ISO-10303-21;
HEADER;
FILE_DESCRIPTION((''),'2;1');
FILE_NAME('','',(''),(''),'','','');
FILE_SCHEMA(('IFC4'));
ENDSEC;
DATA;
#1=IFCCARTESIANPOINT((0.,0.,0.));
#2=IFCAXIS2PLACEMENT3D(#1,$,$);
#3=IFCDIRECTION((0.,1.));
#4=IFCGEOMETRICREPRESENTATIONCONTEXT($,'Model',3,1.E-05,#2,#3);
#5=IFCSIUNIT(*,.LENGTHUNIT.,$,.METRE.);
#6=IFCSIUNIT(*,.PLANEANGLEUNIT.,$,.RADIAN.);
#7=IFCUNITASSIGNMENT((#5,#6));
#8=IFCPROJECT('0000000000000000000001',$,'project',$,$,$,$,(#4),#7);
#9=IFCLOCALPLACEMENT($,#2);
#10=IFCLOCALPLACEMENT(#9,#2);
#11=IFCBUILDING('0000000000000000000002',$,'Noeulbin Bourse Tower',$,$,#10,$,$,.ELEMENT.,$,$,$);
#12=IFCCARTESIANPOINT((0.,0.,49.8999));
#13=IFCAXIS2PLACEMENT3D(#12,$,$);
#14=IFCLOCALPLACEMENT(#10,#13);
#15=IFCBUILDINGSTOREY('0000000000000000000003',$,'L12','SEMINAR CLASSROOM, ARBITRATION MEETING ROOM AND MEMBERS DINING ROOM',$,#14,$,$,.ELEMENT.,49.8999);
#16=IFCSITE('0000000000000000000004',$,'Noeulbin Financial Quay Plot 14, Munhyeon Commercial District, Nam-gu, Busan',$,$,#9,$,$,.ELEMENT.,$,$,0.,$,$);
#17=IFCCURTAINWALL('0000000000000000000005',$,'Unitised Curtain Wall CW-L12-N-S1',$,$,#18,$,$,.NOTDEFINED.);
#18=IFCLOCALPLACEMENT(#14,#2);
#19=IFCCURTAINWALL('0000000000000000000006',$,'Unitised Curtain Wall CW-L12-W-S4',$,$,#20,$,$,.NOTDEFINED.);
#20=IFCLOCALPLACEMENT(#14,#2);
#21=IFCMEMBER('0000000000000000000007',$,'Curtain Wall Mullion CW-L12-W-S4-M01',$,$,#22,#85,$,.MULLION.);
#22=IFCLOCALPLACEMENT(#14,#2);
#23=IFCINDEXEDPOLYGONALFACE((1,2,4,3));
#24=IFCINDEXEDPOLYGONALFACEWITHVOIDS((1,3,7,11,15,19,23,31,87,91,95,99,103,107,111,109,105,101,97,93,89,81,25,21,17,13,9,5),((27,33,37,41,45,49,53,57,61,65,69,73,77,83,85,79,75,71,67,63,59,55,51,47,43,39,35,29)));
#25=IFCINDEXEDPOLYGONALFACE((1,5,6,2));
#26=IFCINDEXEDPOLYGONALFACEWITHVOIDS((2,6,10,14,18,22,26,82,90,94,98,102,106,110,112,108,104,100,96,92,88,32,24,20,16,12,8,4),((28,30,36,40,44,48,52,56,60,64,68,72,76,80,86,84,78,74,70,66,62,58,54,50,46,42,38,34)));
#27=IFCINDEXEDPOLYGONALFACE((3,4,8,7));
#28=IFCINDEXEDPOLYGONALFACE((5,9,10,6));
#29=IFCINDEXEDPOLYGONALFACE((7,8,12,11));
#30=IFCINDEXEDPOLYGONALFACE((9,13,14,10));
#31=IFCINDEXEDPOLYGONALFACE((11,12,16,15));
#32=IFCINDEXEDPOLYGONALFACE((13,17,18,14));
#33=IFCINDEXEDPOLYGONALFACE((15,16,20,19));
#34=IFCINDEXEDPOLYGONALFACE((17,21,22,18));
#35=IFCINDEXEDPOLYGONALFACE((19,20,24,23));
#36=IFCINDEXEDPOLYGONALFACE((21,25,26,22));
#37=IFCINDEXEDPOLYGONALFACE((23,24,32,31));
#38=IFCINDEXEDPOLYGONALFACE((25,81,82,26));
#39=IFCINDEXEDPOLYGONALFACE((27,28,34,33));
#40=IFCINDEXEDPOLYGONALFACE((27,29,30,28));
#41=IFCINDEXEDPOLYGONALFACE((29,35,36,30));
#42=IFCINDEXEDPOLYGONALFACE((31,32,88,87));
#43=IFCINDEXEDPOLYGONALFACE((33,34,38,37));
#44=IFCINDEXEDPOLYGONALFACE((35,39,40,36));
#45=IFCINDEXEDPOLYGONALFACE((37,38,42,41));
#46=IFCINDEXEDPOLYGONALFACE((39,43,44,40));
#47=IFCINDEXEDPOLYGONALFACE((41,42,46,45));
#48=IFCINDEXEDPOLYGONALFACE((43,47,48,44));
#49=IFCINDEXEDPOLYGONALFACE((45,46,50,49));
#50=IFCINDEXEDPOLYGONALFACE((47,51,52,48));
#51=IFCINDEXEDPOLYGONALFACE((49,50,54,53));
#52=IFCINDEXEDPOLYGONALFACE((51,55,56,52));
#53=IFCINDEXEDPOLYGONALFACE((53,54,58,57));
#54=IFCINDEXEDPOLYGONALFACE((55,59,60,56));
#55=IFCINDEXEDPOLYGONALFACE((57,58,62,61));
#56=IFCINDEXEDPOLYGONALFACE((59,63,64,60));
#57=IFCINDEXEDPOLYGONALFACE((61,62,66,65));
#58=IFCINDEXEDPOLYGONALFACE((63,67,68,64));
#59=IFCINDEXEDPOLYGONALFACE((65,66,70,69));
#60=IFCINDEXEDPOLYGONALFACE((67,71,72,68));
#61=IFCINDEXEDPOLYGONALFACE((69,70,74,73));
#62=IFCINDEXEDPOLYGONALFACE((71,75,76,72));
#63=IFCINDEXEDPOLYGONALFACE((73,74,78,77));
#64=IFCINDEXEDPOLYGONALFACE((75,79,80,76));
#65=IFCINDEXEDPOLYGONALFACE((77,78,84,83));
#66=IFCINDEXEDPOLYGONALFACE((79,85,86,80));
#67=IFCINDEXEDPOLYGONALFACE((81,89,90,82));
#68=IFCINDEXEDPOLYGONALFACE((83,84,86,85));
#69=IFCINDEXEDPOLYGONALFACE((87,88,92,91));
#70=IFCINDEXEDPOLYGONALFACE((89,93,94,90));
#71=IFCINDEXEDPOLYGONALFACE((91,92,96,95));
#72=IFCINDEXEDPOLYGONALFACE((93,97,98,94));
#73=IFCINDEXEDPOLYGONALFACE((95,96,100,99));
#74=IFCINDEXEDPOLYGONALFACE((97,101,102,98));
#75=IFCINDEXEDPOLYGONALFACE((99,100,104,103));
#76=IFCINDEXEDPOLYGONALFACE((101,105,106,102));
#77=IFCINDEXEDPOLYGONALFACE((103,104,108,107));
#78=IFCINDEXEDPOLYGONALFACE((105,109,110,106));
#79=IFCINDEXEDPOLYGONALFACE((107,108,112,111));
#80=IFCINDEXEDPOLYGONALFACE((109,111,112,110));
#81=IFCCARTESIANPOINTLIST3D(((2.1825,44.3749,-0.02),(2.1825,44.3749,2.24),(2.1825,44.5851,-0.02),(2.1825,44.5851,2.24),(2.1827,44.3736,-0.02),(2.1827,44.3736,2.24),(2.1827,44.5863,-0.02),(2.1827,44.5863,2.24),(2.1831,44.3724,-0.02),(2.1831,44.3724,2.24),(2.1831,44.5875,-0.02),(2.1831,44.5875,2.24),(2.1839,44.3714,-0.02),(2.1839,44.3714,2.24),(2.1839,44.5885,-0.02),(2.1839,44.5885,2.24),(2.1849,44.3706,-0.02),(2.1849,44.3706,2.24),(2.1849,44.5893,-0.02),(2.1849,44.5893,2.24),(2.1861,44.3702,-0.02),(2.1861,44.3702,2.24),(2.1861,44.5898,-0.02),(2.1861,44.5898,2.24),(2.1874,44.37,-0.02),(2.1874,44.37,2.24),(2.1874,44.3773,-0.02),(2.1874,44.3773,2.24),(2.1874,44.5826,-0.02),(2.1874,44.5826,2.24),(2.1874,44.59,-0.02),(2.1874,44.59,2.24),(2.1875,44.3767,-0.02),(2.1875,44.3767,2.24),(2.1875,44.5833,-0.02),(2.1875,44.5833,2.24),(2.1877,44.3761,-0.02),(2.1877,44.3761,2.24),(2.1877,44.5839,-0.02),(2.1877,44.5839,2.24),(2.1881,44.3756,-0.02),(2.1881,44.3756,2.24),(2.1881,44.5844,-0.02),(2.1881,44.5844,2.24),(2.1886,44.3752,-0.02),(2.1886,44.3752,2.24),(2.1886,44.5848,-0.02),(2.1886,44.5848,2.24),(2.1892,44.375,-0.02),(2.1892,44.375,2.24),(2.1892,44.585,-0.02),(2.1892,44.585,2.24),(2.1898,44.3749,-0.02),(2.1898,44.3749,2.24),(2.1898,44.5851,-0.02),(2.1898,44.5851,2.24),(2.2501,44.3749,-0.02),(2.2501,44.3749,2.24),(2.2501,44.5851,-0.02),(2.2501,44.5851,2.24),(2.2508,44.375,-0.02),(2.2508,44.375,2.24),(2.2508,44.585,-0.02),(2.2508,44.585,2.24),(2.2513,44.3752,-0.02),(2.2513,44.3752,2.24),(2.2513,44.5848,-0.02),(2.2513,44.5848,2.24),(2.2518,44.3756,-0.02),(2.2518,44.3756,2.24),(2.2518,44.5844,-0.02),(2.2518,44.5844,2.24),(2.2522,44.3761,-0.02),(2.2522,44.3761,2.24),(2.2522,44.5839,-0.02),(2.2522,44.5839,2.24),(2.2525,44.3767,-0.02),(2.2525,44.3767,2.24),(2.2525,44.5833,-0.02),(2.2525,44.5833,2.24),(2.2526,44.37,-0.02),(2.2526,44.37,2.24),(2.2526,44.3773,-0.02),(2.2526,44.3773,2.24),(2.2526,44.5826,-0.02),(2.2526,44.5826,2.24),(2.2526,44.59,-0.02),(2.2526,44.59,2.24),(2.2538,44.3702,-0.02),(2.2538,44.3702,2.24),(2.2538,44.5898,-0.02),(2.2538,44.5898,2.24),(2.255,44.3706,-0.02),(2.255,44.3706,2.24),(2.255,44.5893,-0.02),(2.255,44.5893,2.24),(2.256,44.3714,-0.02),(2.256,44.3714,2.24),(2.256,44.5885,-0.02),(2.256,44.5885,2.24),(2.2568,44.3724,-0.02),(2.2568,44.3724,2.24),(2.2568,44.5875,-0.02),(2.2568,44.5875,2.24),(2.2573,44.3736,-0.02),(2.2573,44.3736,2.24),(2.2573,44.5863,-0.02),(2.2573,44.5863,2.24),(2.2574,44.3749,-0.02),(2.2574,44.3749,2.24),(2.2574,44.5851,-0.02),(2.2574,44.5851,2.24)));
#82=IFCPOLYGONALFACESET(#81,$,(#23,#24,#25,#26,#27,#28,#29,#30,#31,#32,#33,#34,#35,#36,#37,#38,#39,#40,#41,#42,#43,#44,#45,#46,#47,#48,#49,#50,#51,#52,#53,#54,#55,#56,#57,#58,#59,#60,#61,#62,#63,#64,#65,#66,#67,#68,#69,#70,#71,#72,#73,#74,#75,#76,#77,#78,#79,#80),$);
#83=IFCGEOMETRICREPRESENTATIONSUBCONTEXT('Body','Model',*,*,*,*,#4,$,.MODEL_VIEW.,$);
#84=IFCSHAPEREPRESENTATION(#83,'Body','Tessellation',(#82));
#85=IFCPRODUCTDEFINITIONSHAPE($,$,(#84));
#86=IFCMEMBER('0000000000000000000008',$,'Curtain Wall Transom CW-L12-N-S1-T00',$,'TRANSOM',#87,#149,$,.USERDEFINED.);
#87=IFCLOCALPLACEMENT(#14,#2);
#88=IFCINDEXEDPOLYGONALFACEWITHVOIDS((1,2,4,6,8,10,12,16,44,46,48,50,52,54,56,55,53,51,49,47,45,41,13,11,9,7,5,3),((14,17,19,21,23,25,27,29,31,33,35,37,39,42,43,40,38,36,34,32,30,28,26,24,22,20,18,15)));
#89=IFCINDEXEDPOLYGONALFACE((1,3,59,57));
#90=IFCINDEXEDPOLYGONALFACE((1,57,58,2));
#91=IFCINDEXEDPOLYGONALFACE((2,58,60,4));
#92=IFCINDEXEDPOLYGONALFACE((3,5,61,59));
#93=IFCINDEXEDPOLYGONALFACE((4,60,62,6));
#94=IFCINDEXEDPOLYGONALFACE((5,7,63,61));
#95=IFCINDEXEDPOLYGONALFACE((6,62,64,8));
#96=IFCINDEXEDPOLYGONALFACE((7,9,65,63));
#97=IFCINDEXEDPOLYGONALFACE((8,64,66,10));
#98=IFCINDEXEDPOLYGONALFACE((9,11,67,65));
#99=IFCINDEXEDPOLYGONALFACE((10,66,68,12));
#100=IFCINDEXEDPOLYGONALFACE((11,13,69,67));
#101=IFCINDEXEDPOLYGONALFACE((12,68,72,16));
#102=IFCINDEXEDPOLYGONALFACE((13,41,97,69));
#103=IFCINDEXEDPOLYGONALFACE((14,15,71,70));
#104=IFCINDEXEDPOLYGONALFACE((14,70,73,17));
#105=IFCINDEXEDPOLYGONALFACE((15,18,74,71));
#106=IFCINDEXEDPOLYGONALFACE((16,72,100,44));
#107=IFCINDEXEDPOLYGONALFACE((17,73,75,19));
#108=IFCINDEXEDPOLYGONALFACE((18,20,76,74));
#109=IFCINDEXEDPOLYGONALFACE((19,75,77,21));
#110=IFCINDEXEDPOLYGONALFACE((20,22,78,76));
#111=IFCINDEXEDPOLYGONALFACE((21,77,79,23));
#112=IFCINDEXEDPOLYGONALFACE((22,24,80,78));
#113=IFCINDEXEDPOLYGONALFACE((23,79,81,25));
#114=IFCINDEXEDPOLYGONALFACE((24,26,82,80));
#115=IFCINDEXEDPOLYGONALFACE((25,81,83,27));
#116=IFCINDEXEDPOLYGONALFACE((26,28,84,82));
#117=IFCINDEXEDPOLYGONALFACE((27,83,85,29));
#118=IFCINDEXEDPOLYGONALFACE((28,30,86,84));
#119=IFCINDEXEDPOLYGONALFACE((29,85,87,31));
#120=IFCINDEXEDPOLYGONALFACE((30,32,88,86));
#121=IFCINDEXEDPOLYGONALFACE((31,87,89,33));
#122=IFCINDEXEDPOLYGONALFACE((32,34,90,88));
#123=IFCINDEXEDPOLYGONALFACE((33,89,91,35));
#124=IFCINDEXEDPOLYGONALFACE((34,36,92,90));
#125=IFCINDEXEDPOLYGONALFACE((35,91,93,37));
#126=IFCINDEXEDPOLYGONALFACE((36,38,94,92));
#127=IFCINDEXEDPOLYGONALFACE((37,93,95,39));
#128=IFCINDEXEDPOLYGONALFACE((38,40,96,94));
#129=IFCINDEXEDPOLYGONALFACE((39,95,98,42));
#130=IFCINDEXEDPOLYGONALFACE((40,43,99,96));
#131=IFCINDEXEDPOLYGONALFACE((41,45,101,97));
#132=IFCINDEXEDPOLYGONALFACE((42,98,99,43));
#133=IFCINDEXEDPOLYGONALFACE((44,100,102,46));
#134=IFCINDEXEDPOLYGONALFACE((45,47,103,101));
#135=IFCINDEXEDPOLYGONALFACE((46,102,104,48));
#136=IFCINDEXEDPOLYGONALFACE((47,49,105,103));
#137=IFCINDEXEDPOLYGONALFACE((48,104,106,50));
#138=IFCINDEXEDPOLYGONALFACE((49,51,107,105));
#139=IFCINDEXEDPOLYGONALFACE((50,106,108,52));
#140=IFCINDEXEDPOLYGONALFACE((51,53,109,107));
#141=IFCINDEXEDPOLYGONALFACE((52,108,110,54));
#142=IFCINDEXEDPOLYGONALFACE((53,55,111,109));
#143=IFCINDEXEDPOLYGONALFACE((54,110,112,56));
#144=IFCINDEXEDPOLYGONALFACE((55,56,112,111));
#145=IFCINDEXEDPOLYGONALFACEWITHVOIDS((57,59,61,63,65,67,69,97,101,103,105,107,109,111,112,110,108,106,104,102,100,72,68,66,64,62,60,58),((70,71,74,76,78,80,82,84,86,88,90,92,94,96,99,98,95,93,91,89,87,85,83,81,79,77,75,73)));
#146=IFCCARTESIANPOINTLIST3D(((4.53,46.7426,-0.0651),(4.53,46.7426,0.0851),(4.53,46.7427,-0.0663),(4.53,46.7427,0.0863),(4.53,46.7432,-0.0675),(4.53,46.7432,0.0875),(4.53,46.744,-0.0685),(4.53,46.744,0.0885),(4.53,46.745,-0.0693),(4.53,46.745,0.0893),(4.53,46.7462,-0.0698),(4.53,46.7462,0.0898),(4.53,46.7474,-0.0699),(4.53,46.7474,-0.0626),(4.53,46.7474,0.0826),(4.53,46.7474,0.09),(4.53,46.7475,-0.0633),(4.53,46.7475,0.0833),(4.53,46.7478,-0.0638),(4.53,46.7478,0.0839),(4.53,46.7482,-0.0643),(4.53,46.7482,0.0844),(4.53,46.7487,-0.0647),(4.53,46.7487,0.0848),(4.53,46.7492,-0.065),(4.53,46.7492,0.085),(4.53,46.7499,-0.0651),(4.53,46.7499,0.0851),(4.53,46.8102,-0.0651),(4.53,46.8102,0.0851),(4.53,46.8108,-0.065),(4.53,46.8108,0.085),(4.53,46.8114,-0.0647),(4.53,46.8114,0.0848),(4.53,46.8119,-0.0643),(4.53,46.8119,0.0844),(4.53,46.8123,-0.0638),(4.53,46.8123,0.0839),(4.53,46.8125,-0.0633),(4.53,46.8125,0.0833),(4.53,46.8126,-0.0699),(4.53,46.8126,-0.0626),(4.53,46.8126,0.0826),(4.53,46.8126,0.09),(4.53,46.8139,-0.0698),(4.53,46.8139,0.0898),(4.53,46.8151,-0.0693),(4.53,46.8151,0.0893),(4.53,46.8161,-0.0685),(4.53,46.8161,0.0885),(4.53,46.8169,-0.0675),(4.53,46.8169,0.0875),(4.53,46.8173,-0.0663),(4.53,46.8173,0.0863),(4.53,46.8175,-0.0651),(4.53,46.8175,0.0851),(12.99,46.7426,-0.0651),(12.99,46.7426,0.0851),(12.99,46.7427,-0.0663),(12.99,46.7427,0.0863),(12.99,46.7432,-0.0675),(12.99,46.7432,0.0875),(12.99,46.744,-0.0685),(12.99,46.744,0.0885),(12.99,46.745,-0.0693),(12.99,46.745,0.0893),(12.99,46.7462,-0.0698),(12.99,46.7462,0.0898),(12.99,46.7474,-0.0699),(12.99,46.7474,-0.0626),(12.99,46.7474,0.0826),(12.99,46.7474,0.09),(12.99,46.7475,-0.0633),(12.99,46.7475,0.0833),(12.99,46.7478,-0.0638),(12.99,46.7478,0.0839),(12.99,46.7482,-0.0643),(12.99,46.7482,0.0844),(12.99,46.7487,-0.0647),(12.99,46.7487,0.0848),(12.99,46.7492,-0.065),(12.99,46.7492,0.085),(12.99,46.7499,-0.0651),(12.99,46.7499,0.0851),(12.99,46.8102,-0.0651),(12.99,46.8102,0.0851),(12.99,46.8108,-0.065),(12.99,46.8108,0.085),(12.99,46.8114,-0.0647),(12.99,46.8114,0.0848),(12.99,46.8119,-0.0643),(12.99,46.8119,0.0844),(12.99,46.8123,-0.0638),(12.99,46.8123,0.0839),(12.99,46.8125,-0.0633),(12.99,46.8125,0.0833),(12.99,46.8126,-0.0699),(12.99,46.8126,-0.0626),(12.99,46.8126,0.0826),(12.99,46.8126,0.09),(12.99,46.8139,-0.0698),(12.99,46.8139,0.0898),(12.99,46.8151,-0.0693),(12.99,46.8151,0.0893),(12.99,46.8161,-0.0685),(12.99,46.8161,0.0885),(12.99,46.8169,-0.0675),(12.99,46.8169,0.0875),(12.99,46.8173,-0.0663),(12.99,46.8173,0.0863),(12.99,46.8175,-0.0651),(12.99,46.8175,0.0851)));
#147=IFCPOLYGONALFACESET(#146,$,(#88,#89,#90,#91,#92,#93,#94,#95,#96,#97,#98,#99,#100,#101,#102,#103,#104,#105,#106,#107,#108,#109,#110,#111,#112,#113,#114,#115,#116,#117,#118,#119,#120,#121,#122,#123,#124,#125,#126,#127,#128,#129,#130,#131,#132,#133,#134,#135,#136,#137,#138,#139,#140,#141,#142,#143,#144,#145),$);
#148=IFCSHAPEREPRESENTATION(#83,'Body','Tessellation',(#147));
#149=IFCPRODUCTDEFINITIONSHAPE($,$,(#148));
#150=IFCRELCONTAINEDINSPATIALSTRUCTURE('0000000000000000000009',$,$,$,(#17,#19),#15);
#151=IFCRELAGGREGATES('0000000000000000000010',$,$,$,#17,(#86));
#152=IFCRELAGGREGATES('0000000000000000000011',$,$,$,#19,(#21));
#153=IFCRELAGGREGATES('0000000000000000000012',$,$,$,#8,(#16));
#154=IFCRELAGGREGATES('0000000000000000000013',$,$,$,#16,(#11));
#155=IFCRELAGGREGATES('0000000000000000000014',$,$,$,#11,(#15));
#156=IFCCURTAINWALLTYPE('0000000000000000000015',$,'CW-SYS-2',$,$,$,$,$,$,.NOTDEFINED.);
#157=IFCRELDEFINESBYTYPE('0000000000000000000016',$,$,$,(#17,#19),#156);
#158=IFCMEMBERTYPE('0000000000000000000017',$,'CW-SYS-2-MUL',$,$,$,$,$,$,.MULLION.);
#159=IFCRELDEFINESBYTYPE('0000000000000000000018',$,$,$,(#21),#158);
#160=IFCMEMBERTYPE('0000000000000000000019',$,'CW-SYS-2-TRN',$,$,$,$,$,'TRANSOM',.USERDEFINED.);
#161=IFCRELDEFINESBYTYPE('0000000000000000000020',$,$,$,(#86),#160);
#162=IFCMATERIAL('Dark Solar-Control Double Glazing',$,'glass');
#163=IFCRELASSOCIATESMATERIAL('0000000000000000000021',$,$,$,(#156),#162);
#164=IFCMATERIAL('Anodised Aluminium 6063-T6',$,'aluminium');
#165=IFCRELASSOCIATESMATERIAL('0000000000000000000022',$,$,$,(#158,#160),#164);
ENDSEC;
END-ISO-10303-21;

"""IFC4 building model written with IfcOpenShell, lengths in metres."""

from ifc_helpers import new_model, si_unit, direction, frame, origin, origin_2d, place, context, subcontext, project, spatial, hollow_rectangle, extrude, material, material_profile, profile_set, type_object, element, aggregate, save


model = new_model("IFC4")

# Units and contexts
model_context = context("Model", 3, precision=1e-05, world=origin(), true_north=direction((0.0, 1.0)))
body_context = subcontext(model_context, "Body", "Model", "MODEL_VIEW")
ifc_project = project(units=[si_unit("LENGTHUNIT", "METRE"), si_unit("PLANEANGLEUNIT", "RADIAN")], contexts=[model_context])

# Site, building, storey
site_placement = place(None, origin())
site = spatial("IfcSite", under=ifc_project, at=site_placement, Name="Noeulbin Financial Quay Plot 14, Munhyeon Commercial District, Nam-gu, Busan", CompositionType="ELEMENT", RefElevation=0.0)
building_placement = place(site_placement, origin())
building = spatial("IfcBuilding", under=site, at=building_placement, Name="Noeulbin Bourse Tower", CompositionType="ELEMENT")
storey_placement = place(building_placement, frame((0.0, 0.0, 49.8999)))
storey = spatial("IfcBuildingStorey", under=building, at=storey_placement, Name="L12", Description="SEMINAR CLASSROOM, ARBITRATION MEETING ROOM AND MEMBERS DINING ROOM", CompositionType="ELEMENT", Elevation=49.8999)

# Curtain wall
ifc_material_1 = material(Name="Dark Solar-Control Double Glazing", Category="glass")
curtain_wall_type = type_object("IfcCurtainWallType", Name="CW-SYS-2", PredefinedType="NOTDEFINED", material=ifc_material_1)
curtain_wall_1_placement = place(storey_placement, origin())
curtain_wall_1 = element("IfcCurtainWall", 1, at=curtain_wall_1_placement, inside=storey, type_object=curtain_wall_type, Name="Unitised Curtain Wall CW-L12-N-S1", PredefinedType="NOTDEFINED")
ifc_material_2 = material(Name="Anodised Aluminium 6063-T6", Category="aluminium")
ifc_material_profile_1 = material_profile(ifc_material_2, hollow_rectangle(XDim=0.075, YDim=0.22, WallThickness=0.0049, InnerFilletRadius=0.0024, OuterFilletRadius=0.0049, at=origin_2d()), Name="ALU-MULL-75x220x5", Category="LoadBearing")
ifc_profile_set_1 = profile_set([ifc_material_profile_1], Name="Anodised Aluminium 6063-T6")
member_type_1 = type_object("IfcMemberType", Name="CW-SYS-2-MUL", PredefinedType="MULLION", material=ifc_profile_set_1)

# Curtain wall, member
curtain_wall_2_placement = place(storey_placement, origin())
curtain_wall_2 = element("IfcCurtainWall", 2, at=curtain_wall_2_placement, inside=storey, type_object=curtain_wall_type, Name="Unitised Curtain Wall CW-L12-W-S4", PredefinedType="NOTDEFINED")
member_1_placement = place(storey_placement, frame((2.22, 44.48, -0.02), z_axis=(0.0, 0.0, 1.0), x_axis=(1.0, 0.0, 0.0)))
member_1 = element("IfcMember", 3, at=member_1_placement, type_object=member_type_1, Name="Curtain Wall Mullion CW-L12-W-S4-M01", PredefinedType="MULLION", context=body_context, shape_type="SweptSolid", body=[
    extrude(hollow_rectangle(XDim=0.075, YDim=0.22, WallThickness=0.0049, InnerFilletRadius=0.0024, OuterFilletRadius=0.0049, at=origin_2d()), origin(), (0.0, 0.0, 1.0), 2.26),
])

# Member
ifc_material_profile_2 = material_profile(ifc_material_2, hollow_rectangle(XDim=0.075, YDim=0.1599, WallThickness=0.0049, InnerFilletRadius=0.0024, OuterFilletRadius=0.0049, at=origin_2d()), Name="ALU-TRAN-75x160x5", Category="LoadBearing")
ifc_profile_set_2 = profile_set([ifc_material_profile_2], Name="Anodised Aluminium 6063-T6")
member_type_2 = type_object("IfcMemberType", Name="CW-SYS-2-TRN", ElementType="TRANSOM", PredefinedType="USERDEFINED", material=ifc_profile_set_2)
member_2_placement = place(storey_placement, frame((4.53, 46.78, 0.01), z_axis=(1.0, 0.0, 0.0), x_axis=(0.0, 1.0, 0.0)))
member_2 = element("IfcMember", 4, at=member_2_placement, type_object=member_type_2, Name="Curtain Wall Transom CW-L12-N-S1-T00", ObjectType="TRANSOM", PredefinedType="USERDEFINED", context=body_context, shape_type="SweptSolid", body=[
    extrude(hollow_rectangle(XDim=0.075, YDim=0.1599, WallThickness=0.0049, InnerFilletRadius=0.0024, OuterFilletRadius=0.0049, at=origin_2d()), origin(), (0.0, 0.0, 1.0), 8.46),
])

aggregate(curtain_wall_1, [member_2])
aggregate(curtain_wall_2, [member_1])

save(model, "model.ifc")
